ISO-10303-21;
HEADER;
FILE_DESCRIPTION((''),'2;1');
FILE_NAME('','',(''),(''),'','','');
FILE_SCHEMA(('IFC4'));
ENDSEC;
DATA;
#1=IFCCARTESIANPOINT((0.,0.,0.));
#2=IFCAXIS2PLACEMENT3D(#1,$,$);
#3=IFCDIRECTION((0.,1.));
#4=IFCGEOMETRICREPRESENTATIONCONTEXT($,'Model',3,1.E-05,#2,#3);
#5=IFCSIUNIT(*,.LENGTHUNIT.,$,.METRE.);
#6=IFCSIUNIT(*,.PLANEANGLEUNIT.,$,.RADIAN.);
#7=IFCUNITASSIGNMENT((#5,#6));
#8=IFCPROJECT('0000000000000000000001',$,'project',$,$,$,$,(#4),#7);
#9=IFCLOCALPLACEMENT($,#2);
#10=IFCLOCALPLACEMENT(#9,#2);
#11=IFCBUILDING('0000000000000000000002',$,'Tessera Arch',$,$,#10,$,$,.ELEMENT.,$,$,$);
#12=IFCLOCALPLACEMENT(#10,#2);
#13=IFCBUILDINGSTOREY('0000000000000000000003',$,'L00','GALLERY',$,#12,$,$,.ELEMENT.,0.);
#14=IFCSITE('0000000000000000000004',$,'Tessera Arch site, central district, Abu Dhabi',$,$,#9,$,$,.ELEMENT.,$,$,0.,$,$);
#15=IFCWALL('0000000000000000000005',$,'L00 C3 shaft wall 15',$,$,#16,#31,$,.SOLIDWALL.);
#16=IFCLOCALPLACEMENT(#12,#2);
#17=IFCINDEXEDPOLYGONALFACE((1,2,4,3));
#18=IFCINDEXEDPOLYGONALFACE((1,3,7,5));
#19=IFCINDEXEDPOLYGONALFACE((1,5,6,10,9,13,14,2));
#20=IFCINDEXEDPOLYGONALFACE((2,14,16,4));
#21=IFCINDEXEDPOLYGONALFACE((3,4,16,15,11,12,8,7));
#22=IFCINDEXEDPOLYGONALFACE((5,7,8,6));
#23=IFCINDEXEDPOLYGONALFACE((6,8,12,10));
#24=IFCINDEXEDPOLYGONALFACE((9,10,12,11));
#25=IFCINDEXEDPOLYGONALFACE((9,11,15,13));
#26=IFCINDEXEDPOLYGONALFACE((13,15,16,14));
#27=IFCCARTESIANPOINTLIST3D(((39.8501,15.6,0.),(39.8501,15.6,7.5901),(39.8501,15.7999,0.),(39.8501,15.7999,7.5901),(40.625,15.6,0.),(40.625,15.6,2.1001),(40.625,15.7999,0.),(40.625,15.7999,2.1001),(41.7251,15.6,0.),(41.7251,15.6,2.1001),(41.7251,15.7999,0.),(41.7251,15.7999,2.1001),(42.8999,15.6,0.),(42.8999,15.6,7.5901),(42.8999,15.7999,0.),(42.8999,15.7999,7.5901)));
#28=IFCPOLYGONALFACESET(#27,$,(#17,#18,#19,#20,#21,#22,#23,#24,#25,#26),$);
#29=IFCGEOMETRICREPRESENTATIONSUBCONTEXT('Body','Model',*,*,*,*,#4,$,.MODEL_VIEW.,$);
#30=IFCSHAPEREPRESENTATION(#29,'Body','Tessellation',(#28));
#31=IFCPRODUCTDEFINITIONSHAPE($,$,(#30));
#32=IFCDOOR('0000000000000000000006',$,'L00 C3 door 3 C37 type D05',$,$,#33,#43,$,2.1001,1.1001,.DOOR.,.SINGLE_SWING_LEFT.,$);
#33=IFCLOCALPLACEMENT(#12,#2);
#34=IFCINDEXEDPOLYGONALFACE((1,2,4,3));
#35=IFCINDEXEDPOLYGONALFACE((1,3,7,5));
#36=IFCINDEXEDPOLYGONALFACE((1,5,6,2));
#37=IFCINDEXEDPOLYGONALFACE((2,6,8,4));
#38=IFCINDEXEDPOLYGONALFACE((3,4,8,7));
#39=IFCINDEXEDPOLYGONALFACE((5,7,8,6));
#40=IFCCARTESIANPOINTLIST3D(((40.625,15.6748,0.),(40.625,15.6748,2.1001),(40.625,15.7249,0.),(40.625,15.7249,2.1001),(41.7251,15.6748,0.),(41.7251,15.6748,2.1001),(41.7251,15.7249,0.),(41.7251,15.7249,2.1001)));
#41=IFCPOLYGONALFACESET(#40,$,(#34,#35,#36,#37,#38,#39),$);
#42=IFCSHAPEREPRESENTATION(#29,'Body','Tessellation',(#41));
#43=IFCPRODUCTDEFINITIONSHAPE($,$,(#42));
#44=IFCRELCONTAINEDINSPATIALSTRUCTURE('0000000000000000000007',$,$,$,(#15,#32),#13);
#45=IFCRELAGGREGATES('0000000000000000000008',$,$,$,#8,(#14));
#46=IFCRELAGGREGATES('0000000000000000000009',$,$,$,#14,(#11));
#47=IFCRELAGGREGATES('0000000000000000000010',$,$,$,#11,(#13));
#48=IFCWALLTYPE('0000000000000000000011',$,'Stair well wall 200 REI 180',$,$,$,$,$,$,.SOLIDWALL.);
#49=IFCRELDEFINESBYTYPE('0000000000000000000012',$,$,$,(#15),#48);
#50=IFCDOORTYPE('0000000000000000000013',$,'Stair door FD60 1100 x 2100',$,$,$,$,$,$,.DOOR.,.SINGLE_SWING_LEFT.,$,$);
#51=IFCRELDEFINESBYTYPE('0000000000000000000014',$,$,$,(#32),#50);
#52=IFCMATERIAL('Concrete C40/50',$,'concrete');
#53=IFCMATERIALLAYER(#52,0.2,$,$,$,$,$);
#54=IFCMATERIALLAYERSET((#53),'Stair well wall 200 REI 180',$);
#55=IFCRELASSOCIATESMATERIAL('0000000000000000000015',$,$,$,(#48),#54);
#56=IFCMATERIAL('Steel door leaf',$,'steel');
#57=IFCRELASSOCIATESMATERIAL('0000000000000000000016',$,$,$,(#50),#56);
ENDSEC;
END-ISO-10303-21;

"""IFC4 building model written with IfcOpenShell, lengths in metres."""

from ifc_helpers import new_model, si_unit, direction, frame, frame_2d, origin, place, context, subcontext, project, spatial, rectangle, extrude, material, layer, layer_set, type_object, element, fill, save


model = new_model("IFC4")

# Units and contexts
model_context = context("Model", 3, precision=1e-05, world=origin(), true_north=direction((0.0, 1.0)))
body_context = subcontext(model_context, "Body", "Model", "MODEL_VIEW")
ifc_project = project(units=[si_unit("LENGTHUNIT", "METRE"), si_unit("PLANEANGLEUNIT", "RADIAN")], contexts=[model_context])

# Site, building, storey
site_placement = place(None, origin())
site = spatial("IfcSite", under=ifc_project, at=site_placement, Name="Tessera Arch site, central district, Abu Dhabi", CompositionType="ELEMENT", RefElevation=0.0)
building_placement = place(site_placement, origin())
building = spatial("IfcBuilding", under=site, at=building_placement, Name="Tessera Arch", CompositionType="ELEMENT")
storey_placement = place(building_placement, origin())
storey = spatial("IfcBuildingStorey", under=building, at=storey_placement, Name="L00", Description="GALLERY", CompositionType="ELEMENT", Elevation=0.0)

# Shared definitions
ifc_material_1 = material(Name="Concrete C40/50", Category="concrete")
ifc_layer_1 = layer(ifc_material_1, 0.2)
ifc_layer_set_1 = layer_set([ifc_layer_1], Name="Stair well wall 200 REI 180")
wall_type_1 = type_object("IfcWallType", Name="Stair well wall 200 REI 180", PredefinedType="SOLIDWALL", material=ifc_layer_set_1)

# Wall, opening, door
wall_1_placement = place(storey_placement, frame((39.8501, 15.7, 0.0), z_axis=(0.0, 0.0, 1.0), x_axis=(1.0, 0.0, 0.0)))
wall_1 = element("IfcWall", 1, at=wall_1_placement, inside=storey, type_object=wall_type_1, Name="L00 C3 shaft wall 15", PredefinedType="SOLIDWALL", context=body_context, shape_type="SweptSolid", body=[
    extrude(rectangle(XDim=3.0498, YDim=0.2, at=frame_2d((1.5249, 0.0))), origin(), (0.0, 0.0, 1.0), 7.5901),
])
opening_1_placement = place(wall_1_placement, frame((0.7749, 0.0, 0.0)))
opening_1 = element("IfcOpeningElement", 2, at=opening_1_placement, cuts=wall_1, PredefinedType="OPENING", context=body_context, shape_type="SweptSolid", body=[
    extrude(rectangle(XDim=1.1001, YDim=2.1001, at=frame_2d((0.55, 1.05))), frame((0.0, 0.1099, 0.0), z_axis=(0.0, -1.0, 0.0), x_axis=(1.0, 0.0, 0.0)), (0.0, 0.0, 1.0), 0.22),
])
ifc_material_2 = material(Name="Steel door leaf", Category="steel")
door_type_1 = type_object("IfcDoorType", Name="Stair door FD60 1100 x 2100", OperationType="SINGLE_SWING_LEFT", PredefinedType="DOOR", material=ifc_material_2)
door_1_placement = place(opening_1_placement, origin())
door_1 = element("IfcDoor", 3, at=door_1_placement, inside=storey, type_object=door_type_1, Name="L00 C3 door 3 C37 type D05", OperationType="SINGLE_SWING_LEFT", OverallHeight=2.1001, OverallWidth=1.1001, PredefinedType="DOOR", context=body_context, shape_type="SweptSolid", body=[
    extrude(rectangle(XDim=1.1001, YDim=2.1001, at=frame_2d((0.55, 1.05))), frame((0.0, 0.0249, 0.0), z_axis=(0.0, -1.0, 0.0), x_axis=(1.0, 0.0, 0.0)), (0.0, 0.0, 1.0), 0.05),
])
fill(opening_1, door_1)

save(model, "model.ifc")
